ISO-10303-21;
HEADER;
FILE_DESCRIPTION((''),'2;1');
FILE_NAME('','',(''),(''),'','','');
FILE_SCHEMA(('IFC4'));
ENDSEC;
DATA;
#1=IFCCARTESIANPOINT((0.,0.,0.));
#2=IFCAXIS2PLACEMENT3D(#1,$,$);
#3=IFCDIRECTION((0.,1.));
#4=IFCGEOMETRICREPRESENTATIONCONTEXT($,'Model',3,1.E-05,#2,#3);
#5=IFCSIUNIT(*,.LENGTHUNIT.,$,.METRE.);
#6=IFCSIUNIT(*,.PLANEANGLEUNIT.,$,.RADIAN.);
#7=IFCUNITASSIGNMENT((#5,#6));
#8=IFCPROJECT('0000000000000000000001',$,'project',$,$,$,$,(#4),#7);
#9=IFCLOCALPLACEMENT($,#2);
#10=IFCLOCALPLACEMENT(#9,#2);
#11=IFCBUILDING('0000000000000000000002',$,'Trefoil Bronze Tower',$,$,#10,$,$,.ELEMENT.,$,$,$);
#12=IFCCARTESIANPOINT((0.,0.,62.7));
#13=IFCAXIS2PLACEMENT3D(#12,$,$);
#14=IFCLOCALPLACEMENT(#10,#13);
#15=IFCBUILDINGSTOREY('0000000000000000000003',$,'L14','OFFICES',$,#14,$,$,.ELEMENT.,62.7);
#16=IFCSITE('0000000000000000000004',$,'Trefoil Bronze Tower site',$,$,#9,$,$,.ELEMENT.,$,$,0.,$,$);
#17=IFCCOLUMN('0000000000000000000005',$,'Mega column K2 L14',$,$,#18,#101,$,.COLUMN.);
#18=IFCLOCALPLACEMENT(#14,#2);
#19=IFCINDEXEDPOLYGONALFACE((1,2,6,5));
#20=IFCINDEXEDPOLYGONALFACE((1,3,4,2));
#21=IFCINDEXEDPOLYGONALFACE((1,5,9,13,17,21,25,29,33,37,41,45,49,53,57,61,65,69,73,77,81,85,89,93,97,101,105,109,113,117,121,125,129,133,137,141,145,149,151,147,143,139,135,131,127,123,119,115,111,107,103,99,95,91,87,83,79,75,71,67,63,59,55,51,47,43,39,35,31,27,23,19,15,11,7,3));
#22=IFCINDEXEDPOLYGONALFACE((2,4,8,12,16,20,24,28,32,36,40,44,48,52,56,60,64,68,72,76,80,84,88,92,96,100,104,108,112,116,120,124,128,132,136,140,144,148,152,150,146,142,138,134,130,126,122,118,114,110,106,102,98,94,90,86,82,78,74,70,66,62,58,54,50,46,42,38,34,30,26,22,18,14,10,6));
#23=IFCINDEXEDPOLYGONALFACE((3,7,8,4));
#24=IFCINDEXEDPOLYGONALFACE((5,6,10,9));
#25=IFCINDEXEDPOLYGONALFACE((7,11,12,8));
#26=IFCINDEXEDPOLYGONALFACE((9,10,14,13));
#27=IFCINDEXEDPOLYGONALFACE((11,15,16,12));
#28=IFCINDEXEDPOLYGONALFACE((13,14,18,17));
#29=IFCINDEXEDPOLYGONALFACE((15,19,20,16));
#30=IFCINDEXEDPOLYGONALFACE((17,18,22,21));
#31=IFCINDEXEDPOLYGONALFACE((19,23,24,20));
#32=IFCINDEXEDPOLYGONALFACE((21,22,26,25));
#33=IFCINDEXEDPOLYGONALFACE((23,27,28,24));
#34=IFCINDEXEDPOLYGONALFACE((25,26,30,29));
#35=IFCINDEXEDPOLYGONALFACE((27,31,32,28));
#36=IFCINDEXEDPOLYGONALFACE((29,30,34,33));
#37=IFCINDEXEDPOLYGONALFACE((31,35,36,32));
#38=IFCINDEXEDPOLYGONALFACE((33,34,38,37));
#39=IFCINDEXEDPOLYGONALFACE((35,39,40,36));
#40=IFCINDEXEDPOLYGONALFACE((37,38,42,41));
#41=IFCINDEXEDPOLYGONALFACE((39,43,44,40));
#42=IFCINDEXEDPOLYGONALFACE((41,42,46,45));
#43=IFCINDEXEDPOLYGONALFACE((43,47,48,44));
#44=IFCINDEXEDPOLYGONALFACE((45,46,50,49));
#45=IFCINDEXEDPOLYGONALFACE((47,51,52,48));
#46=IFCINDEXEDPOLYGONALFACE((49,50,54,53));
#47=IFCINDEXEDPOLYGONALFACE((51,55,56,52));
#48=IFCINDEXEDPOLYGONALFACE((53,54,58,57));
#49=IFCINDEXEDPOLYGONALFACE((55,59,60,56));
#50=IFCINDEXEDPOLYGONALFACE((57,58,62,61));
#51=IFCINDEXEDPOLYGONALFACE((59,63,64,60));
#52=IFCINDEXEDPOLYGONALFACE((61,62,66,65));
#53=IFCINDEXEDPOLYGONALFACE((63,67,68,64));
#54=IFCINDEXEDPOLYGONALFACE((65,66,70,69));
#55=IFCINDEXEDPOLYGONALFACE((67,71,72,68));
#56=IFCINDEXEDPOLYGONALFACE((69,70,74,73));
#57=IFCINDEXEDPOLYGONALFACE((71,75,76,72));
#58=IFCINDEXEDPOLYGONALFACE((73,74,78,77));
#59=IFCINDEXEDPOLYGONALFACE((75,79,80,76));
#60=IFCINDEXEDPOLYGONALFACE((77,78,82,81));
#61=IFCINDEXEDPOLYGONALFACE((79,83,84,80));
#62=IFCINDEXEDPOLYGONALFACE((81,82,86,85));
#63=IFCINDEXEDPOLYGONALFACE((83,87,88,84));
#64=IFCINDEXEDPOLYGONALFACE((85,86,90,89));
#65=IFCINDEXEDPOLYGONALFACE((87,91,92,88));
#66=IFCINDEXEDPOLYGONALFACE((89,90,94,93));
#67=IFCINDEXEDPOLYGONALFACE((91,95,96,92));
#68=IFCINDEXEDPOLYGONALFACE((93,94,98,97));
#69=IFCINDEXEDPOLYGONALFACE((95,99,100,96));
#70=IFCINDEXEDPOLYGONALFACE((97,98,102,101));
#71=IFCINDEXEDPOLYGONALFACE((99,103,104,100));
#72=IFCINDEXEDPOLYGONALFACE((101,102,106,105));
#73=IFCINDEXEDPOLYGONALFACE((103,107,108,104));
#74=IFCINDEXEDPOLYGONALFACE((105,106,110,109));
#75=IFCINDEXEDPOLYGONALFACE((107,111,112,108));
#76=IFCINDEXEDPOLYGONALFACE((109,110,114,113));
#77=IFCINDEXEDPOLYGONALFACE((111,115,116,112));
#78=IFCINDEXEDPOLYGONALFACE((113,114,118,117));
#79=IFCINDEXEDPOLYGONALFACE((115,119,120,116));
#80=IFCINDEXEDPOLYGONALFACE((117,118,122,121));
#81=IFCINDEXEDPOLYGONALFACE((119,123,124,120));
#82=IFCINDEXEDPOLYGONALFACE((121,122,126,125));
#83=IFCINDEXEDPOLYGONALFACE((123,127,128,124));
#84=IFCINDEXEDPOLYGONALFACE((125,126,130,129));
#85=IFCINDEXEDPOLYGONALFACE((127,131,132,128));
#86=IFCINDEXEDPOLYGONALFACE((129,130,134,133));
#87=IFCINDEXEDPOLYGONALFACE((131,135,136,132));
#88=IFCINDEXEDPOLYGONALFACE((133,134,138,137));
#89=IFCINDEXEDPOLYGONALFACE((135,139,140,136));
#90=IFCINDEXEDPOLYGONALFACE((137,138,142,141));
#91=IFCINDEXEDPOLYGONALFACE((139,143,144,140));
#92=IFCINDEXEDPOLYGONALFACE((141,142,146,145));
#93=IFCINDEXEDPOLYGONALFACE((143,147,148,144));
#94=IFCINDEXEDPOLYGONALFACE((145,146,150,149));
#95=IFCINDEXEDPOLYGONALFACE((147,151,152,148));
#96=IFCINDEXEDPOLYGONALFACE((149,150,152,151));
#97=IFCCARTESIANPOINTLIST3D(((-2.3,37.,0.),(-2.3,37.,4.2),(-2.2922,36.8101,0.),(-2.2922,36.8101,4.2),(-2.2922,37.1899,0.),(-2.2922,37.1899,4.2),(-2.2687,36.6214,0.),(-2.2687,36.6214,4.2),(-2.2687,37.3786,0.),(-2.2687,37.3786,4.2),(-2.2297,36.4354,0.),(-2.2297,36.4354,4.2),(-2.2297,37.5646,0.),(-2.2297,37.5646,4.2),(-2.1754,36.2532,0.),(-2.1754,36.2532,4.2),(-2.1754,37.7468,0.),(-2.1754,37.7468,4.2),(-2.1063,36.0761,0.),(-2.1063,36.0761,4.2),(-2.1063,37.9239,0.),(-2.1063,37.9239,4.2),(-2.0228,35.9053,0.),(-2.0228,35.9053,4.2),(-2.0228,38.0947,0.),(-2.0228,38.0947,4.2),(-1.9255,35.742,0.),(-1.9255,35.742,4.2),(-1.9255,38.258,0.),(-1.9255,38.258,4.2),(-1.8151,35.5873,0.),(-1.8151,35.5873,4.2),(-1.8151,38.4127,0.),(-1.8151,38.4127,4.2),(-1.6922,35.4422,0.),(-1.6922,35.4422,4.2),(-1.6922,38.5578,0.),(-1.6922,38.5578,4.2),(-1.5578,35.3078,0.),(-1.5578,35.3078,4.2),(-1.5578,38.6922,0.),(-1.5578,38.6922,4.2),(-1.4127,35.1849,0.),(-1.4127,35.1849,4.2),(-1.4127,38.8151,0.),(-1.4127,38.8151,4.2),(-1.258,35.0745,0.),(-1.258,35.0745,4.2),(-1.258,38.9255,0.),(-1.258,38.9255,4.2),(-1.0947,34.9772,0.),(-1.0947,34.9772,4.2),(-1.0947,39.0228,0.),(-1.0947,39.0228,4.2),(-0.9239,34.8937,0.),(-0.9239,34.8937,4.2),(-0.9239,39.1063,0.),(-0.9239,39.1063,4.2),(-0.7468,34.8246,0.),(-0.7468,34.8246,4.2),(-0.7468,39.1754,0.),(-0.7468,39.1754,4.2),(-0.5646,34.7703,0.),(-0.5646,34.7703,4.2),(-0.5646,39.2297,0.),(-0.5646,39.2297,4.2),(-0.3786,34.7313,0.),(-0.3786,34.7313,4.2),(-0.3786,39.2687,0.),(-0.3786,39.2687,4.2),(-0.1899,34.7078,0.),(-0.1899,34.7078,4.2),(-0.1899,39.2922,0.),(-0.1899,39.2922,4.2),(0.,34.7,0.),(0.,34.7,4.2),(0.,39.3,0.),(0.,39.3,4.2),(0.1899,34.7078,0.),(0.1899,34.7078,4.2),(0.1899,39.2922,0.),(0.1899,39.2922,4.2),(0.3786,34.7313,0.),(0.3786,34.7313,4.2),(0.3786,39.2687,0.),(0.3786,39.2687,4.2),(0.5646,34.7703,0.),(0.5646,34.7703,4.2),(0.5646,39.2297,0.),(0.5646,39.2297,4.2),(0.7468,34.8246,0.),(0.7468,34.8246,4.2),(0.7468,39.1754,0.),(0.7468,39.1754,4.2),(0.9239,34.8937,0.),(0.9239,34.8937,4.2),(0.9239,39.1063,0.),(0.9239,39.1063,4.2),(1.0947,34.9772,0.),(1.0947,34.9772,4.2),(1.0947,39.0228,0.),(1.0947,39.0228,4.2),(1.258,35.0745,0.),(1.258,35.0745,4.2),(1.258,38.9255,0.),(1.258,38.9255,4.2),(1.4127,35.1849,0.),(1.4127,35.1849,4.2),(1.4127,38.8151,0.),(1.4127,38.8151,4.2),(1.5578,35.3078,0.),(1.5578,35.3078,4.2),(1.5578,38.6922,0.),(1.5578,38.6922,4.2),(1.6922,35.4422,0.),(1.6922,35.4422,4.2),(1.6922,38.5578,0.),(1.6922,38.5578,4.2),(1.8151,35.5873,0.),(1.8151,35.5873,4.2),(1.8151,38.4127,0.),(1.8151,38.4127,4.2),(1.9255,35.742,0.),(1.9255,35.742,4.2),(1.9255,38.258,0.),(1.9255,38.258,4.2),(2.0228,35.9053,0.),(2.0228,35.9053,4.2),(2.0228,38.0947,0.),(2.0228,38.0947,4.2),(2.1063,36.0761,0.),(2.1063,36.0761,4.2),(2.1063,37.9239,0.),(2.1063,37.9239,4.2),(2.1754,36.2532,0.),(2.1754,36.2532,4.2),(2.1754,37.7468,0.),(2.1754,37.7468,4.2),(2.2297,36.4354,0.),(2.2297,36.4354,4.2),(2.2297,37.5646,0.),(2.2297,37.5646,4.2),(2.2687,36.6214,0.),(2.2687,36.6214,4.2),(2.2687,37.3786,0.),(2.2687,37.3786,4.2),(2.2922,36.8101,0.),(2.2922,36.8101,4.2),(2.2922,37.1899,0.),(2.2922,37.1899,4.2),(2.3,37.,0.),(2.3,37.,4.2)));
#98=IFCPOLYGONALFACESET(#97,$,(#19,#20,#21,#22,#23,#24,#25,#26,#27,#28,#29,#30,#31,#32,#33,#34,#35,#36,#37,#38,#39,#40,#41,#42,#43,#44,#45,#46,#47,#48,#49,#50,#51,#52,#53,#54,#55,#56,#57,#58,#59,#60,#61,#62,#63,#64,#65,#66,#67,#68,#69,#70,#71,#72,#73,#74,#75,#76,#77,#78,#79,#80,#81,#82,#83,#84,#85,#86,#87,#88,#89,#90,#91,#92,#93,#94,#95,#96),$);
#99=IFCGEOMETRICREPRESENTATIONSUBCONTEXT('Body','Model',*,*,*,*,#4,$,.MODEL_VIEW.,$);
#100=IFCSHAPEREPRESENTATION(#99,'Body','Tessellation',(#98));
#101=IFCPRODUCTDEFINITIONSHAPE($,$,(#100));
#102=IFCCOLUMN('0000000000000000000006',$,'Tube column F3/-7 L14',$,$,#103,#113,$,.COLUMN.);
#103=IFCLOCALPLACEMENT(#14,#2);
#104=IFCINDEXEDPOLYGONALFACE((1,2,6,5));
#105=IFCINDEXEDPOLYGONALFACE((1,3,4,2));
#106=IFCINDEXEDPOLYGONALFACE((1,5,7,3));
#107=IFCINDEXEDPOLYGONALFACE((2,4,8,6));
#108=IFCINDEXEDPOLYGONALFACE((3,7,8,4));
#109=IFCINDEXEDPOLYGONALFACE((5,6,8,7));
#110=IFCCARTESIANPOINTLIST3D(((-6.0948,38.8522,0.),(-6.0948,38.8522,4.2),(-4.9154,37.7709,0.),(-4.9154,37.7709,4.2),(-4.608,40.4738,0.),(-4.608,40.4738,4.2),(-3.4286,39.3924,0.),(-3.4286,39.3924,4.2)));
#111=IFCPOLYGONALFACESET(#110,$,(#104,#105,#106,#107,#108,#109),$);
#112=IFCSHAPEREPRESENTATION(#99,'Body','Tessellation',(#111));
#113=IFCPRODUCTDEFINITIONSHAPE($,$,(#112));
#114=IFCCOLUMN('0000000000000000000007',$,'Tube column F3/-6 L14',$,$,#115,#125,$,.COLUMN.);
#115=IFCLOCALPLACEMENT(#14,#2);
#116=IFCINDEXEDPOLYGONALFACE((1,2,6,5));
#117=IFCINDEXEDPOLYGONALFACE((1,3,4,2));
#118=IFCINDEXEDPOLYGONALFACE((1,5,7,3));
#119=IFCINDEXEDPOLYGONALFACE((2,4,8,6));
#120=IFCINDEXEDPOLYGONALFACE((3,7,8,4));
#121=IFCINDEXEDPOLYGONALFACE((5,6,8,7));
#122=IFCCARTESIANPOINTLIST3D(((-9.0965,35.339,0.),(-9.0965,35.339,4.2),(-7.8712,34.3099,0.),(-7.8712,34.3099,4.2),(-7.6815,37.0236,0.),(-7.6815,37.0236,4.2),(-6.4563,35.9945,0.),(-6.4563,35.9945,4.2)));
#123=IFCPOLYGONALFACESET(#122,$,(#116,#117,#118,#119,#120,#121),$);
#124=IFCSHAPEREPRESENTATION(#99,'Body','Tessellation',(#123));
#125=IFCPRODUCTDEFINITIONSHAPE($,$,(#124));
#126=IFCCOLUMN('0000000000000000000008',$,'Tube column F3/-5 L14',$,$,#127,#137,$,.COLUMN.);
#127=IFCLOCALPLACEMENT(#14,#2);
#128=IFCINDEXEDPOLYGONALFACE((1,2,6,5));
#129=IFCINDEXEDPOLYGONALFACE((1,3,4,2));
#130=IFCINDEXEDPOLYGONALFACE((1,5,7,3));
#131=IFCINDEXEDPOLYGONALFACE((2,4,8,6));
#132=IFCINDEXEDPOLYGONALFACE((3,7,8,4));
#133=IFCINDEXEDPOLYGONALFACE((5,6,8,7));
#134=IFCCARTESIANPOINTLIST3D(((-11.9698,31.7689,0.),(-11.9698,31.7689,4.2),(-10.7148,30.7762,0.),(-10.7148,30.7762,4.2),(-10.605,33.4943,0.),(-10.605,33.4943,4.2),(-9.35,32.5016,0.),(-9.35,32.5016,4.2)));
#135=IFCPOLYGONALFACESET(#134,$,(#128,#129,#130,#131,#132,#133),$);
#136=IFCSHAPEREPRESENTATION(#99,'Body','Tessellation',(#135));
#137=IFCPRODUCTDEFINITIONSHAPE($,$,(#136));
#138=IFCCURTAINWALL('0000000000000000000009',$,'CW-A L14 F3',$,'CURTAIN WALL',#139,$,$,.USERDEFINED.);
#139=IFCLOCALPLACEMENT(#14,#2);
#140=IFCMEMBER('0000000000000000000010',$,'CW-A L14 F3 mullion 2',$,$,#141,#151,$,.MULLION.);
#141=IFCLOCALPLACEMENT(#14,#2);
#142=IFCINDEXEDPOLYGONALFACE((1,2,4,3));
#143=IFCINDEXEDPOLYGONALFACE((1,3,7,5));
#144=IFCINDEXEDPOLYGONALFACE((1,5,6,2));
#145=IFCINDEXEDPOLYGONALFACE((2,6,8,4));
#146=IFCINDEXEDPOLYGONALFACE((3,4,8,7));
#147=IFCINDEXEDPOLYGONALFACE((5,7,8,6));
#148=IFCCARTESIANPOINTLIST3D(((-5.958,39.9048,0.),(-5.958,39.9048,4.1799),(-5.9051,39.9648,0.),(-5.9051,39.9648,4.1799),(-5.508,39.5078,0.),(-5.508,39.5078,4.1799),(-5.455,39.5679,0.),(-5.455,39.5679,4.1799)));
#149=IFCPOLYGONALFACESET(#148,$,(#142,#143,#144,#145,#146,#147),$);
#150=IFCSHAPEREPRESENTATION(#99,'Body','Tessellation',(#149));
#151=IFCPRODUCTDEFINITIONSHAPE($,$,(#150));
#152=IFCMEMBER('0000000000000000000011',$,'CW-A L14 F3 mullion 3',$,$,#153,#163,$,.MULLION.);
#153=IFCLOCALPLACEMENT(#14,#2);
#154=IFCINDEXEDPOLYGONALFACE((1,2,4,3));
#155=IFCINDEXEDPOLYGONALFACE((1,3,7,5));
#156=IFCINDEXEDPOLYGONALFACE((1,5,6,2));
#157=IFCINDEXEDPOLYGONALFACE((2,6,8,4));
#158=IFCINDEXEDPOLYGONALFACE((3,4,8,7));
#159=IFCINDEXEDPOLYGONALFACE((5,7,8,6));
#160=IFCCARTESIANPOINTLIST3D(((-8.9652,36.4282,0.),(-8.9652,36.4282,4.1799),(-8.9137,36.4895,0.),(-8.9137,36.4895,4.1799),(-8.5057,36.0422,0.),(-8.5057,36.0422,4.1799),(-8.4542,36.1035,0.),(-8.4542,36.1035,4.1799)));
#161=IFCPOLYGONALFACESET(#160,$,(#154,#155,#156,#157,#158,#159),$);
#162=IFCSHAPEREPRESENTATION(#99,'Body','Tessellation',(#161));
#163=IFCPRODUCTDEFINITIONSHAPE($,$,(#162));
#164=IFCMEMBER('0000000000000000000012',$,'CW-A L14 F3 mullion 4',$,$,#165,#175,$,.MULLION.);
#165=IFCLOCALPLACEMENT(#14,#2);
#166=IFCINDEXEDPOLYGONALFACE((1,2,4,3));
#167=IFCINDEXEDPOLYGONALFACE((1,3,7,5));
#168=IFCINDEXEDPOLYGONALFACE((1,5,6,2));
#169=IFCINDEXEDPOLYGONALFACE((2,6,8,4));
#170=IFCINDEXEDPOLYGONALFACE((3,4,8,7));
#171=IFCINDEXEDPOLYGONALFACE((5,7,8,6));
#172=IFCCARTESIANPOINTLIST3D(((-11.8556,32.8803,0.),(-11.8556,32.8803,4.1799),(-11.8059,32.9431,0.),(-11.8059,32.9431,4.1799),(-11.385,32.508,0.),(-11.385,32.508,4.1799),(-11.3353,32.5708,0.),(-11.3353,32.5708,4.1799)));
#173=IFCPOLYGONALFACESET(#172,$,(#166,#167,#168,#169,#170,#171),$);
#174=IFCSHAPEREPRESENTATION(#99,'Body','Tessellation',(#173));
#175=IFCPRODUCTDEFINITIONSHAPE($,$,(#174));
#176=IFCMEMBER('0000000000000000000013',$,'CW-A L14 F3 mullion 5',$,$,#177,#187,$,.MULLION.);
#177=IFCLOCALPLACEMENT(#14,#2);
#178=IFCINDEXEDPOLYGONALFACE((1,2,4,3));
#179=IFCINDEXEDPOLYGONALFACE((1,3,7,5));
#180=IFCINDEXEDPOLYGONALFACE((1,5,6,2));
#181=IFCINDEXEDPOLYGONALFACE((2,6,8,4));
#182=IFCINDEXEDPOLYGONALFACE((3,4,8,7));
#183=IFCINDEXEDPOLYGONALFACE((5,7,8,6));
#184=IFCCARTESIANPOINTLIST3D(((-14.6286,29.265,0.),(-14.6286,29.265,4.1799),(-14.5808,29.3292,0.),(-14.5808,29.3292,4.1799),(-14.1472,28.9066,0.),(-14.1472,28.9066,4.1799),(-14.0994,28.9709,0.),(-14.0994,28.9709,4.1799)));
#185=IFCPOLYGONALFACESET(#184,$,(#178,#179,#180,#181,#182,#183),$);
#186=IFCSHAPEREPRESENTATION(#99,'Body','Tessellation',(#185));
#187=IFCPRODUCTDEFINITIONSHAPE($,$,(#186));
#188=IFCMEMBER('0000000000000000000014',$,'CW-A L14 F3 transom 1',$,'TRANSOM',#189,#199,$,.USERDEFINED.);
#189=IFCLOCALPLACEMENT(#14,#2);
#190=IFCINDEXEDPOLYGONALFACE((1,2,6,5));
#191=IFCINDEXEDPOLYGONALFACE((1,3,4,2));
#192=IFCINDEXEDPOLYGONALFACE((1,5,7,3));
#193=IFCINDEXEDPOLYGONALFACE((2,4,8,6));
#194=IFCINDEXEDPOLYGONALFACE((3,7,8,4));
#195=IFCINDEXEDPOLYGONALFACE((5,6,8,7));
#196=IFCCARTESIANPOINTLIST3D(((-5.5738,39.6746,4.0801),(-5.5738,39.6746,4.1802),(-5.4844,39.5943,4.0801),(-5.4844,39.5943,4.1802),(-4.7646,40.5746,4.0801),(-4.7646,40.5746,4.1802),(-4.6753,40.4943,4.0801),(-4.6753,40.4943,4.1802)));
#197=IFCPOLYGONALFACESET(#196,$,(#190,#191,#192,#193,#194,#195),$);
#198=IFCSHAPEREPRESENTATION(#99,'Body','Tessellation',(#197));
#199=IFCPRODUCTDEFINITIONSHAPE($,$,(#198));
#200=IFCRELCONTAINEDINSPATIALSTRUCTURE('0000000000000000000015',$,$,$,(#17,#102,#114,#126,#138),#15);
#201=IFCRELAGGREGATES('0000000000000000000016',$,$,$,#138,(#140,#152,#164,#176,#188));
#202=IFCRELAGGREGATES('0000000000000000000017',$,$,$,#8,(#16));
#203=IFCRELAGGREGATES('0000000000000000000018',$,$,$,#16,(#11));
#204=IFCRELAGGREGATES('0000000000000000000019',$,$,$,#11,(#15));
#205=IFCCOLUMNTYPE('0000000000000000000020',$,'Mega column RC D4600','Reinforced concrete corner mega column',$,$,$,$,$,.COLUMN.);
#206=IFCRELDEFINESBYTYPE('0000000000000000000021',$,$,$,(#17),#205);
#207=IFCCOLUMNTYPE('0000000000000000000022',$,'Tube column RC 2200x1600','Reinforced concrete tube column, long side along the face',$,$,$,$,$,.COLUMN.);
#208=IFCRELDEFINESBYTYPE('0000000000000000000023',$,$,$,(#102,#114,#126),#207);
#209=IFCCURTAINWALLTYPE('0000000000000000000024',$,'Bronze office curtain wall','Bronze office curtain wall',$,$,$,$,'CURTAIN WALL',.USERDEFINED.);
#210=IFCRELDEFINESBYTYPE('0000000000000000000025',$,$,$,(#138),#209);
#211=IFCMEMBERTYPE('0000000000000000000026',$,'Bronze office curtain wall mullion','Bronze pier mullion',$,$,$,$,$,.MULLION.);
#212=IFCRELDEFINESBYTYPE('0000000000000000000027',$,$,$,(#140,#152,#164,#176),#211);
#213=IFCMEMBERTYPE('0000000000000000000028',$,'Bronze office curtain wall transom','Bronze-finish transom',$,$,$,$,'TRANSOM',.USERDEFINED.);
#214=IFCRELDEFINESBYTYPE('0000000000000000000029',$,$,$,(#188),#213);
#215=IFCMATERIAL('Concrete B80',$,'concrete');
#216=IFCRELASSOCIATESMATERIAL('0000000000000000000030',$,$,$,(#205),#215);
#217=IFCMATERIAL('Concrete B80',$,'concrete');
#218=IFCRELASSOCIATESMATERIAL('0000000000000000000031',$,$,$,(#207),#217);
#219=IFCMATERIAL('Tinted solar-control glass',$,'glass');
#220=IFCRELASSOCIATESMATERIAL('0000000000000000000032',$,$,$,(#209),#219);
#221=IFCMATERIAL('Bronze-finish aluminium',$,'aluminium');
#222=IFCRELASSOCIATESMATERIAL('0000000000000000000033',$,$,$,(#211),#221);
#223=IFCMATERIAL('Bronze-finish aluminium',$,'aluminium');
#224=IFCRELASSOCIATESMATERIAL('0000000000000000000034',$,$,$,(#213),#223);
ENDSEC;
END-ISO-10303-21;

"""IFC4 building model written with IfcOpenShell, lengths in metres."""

from ifc_helpers import new_model, si_unit, direction, frame, origin, origin_2d, place, context, subcontext, project, spatial, rectangle, circle, extrude, material, material_profile, profile_set, type_object, element, aggregate, save


model = new_model("IFC4")

# Units and contexts
model_context = context("Model", 3, precision=1e-05, world=origin(), true_north=direction((0.0, 1.0)))
body_context = subcontext(model_context, "Body", "Model", "MODEL_VIEW")
ifc_project = project(units=[si_unit("LENGTHUNIT", "METRE"), si_unit("PLANEANGLEUNIT", "RADIAN")], contexts=[model_context])

# Site, building, storey
site_placement = place(None, origin())
site = spatial("IfcSite", under=ifc_project, at=site_placement, Name="Trefoil Bronze Tower site", CompositionType="ELEMENT", RefElevation=0.0)
building_placement = place(site_placement, origin())
building = spatial("IfcBuilding", under=site, at=building_placement, Name="Trefoil Bronze Tower", CompositionType="ELEMENT")
storey_placement = place(building_placement, frame((0.0, 0.0, 62.7)))
storey = spatial("IfcBuildingStorey", under=building, at=storey_placement, Name="L14", Description="OFFICES", CompositionType="ELEMENT", Elevation=62.7)

# Columns
ifc_material_1 = material(Name="Concrete B80", Category="concrete")
ifc_material_profile_1 = material_profile(ifc_material_1, circle(Radius=2.3, at=origin_2d()), Name="RC D4600")
ifc_profile_set_1 = profile_set([ifc_material_profile_1], Name="Concrete B80")
column_type_1 = type_object("IfcColumnType", Name="Mega column RC D4600", Description="Reinforced concrete corner mega column", PredefinedType="COLUMN", material=ifc_profile_set_1)
column_placement = place(storey_placement, frame((0.0, 37.0, 0.0), z_axis=(0.0, 0.0, 1.0), x_axis=(1.0, 0.0, 0.0)))
element("IfcColumn", 1, at=column_placement, inside=storey, type_object=column_type_1, Name="Mega column K2 L14", PredefinedType="COLUMN", context=body_context, shape_type="SweptSolid", body=[
    extrude(circle(Radius=2.3, at=origin_2d()), origin(), (0.0, 0.0, 1.0), 4.2),
])
ifc_material_2 = material(Name="Concrete B80", Category="concrete")
ifc_material_profile_2 = material_profile(ifc_material_2, rectangle(XDim=2.2, YDim=1.6001, at=origin_2d()), Name="RC 2200x1600")
ifc_profile_set_2 = profile_set([ifc_material_profile_2], Name="Concrete B80")
column_type_2 = type_object("IfcColumnType", Name="Tube column RC 2200x1600", Description="Reinforced concrete tube column, long side along the face", PredefinedType="COLUMN", material=ifc_profile_set_2)
for number, where, z_axis, x_axis, name in (
    (2, (-4.7617, 39.1223, 0.0), (0.0, 0.0, 1.0), (-0.675816, -0.73707, 0.0), "Tube column F3/-7 L14"),
    (3, (-7.7764, 35.6667, 0.0), (0.0, 0.0, 1.0), (-0.643163, -0.765729, 0.0), "Tube column F3/-6 L14"),
    (4, (-10.6599, 32.1353, 0.0), (0.0, 0.0, 1.0), (-0.620376, -0.784305, 0.0), "Tube column F3/-5 L14"),
):
    element("IfcColumn", number, at=place(storey_placement, frame(where, z_axis=z_axis, x_axis=x_axis)), inside=storey, type_object=column_type_2, Name=name, PredefinedType="COLUMN", context=body_context, shape_type="SweptSolid", body=[
        extrude(rectangle(XDim=2.2, YDim=1.6001, at=origin_2d()), origin(), (0.0, 0.0, 1.0), 4.2),
    ])

# Curtain wall, members
ifc_material_3 = material(Name="Tinted solar-control glass", Category="glass")
curtain_wall_type_1 = type_object("IfcCurtainWallType", Name="Bronze office curtain wall", Description="Bronze office curtain wall", ElementType="CURTAIN WALL", PredefinedType="USERDEFINED", material=ifc_material_3)
curtain_wall_1_placement = place(storey_placement, origin())
curtain_wall_1 = element("IfcCurtainWall", 5, at=curtain_wall_1_placement, inside=storey, type_object=curtain_wall_type_1, Name="CW-A L14 F3", ObjectType="CURTAIN WALL", PredefinedType="USERDEFINED")
ifc_material_4 = material(Name="Bronze-finish aluminium", Category="aluminium")
ifc_material_profile_3 = material_profile(ifc_material_4, rectangle(XDim=0.6001, YDim=0.0801, at=origin_2d()), Name="CW-A mullion")
ifc_profile_set_3 = profile_set([ifc_material_profile_3], Name="Bronze-finish aluminium")
member_type_1 = type_object("IfcMemberType", Name="Bronze office curtain wall mullion", Description="Bronze pier mullion", PredefinedType="MULLION", material=ifc_profile_set_3)
member_1_placement = place(storey_placement, frame((-5.7065, 39.7363, 0.0), z_axis=(0.0, 0.0, 1.0), x_axis=(0.749941, -0.661505, 0.0)))
member_1 = element("IfcMember", 6, at=member_1_placement, type_object=member_type_1, Name="CW-A L14 F3 mullion 2", PredefinedType="MULLION", context=body_context, shape_type="SweptSolid", body=[
    extrude(rectangle(XDim=0.6001, YDim=0.0801, at=origin_2d()), origin(), (0.0, 0.0, 1.0), 4.1799),
])
member_2_placement = place(storey_placement, frame((-8.7097, 36.2659, 0.0), z_axis=(0.0, 0.0, 1.0), x_axis=(0.765729, -0.643163, 0.0)))
member_2 = element("IfcMember", 7, at=member_2_placement, type_object=member_type_1, Name="CW-A L14 F3 mullion 3", PredefinedType="MULLION", context=body_context, shape_type="SweptSolid", body=[
    extrude(rectangle(XDim=0.6001, YDim=0.0801, at=origin_2d()), origin(), (0.0, 0.0, 1.0), 4.1799),
])
member_3_placement = place(storey_placement, frame((-11.5955, 32.7256, 0.0), z_axis=(0.0, 0.0, 1.0), x_axis=(0.784305, -0.620376, 0.0)))
member_3 = element("IfcMember", 8, at=member_3_placement, type_object=member_type_1, Name="CW-A L14 F3 mullion 4", PredefinedType="MULLION", context=body_context, shape_type="SweptSolid", body=[
    extrude(rectangle(XDim=0.6001, YDim=0.0801, at=origin_2d()), origin(), (0.0, 0.0, 1.0), 4.1799),
])
member_4_placement = place(storey_placement, frame((-14.364, 29.1179, 0.0), z_axis=(0.0, 0.0, 1.0), x_axis=(0.802127, -0.597154, 0.0)))
member_4 = element("IfcMember", 9, at=member_4_placement, type_object=member_type_1, Name="CW-A L14 F3 mullion 5", PredefinedType="MULLION", context=body_context, shape_type="SweptSolid", body=[
    extrude(rectangle(XDim=0.6001, YDim=0.0801, at=origin_2d()), origin(), (0.0, 0.0, 1.0), 4.1799),
])
ifc_material_5 = material(Name="Bronze-finish aluminium", Category="aluminium")
ifc_material_profile_4 = material_profile(ifc_material_5, rectangle(XDim=0.1201, YDim=0.1001, at=origin_2d()), Name="CW-A transom")
ifc_profile_set_4 = profile_set([ifc_material_profile_4], Name="Bronze-finish aluminium")
member_type_2 = type_object("IfcMemberType", Name="Bronze office curtain wall transom", Description="Bronze-finish transom", ElementType="TRANSOM", PredefinedType="USERDEFINED", material=ifc_profile_set_4)
member_5_placement = place(storey_placement, frame((-4.72, 40.5344, 4.1301), z_axis=(-0.668586, -0.743635, 0.0), x_axis=(0.743635, -0.668586, 0.0)))
member_5 = element("IfcMember", 10, at=member_5_placement, type_object=member_type_2, Name="CW-A L14 F3 transom 1", ObjectType="TRANSOM", PredefinedType="USERDEFINED", context=body_context, shape_type="SweptSolid", body=[
    extrude(rectangle(XDim=0.1201, YDim=0.1001, at=origin_2d()), origin(), (0.0, 0.0, 1.0), 1.2102),
])

aggregate(curtain_wall_1, [member_1, member_2, member_3, member_4, member_5])

save(model, "model.ifc")
